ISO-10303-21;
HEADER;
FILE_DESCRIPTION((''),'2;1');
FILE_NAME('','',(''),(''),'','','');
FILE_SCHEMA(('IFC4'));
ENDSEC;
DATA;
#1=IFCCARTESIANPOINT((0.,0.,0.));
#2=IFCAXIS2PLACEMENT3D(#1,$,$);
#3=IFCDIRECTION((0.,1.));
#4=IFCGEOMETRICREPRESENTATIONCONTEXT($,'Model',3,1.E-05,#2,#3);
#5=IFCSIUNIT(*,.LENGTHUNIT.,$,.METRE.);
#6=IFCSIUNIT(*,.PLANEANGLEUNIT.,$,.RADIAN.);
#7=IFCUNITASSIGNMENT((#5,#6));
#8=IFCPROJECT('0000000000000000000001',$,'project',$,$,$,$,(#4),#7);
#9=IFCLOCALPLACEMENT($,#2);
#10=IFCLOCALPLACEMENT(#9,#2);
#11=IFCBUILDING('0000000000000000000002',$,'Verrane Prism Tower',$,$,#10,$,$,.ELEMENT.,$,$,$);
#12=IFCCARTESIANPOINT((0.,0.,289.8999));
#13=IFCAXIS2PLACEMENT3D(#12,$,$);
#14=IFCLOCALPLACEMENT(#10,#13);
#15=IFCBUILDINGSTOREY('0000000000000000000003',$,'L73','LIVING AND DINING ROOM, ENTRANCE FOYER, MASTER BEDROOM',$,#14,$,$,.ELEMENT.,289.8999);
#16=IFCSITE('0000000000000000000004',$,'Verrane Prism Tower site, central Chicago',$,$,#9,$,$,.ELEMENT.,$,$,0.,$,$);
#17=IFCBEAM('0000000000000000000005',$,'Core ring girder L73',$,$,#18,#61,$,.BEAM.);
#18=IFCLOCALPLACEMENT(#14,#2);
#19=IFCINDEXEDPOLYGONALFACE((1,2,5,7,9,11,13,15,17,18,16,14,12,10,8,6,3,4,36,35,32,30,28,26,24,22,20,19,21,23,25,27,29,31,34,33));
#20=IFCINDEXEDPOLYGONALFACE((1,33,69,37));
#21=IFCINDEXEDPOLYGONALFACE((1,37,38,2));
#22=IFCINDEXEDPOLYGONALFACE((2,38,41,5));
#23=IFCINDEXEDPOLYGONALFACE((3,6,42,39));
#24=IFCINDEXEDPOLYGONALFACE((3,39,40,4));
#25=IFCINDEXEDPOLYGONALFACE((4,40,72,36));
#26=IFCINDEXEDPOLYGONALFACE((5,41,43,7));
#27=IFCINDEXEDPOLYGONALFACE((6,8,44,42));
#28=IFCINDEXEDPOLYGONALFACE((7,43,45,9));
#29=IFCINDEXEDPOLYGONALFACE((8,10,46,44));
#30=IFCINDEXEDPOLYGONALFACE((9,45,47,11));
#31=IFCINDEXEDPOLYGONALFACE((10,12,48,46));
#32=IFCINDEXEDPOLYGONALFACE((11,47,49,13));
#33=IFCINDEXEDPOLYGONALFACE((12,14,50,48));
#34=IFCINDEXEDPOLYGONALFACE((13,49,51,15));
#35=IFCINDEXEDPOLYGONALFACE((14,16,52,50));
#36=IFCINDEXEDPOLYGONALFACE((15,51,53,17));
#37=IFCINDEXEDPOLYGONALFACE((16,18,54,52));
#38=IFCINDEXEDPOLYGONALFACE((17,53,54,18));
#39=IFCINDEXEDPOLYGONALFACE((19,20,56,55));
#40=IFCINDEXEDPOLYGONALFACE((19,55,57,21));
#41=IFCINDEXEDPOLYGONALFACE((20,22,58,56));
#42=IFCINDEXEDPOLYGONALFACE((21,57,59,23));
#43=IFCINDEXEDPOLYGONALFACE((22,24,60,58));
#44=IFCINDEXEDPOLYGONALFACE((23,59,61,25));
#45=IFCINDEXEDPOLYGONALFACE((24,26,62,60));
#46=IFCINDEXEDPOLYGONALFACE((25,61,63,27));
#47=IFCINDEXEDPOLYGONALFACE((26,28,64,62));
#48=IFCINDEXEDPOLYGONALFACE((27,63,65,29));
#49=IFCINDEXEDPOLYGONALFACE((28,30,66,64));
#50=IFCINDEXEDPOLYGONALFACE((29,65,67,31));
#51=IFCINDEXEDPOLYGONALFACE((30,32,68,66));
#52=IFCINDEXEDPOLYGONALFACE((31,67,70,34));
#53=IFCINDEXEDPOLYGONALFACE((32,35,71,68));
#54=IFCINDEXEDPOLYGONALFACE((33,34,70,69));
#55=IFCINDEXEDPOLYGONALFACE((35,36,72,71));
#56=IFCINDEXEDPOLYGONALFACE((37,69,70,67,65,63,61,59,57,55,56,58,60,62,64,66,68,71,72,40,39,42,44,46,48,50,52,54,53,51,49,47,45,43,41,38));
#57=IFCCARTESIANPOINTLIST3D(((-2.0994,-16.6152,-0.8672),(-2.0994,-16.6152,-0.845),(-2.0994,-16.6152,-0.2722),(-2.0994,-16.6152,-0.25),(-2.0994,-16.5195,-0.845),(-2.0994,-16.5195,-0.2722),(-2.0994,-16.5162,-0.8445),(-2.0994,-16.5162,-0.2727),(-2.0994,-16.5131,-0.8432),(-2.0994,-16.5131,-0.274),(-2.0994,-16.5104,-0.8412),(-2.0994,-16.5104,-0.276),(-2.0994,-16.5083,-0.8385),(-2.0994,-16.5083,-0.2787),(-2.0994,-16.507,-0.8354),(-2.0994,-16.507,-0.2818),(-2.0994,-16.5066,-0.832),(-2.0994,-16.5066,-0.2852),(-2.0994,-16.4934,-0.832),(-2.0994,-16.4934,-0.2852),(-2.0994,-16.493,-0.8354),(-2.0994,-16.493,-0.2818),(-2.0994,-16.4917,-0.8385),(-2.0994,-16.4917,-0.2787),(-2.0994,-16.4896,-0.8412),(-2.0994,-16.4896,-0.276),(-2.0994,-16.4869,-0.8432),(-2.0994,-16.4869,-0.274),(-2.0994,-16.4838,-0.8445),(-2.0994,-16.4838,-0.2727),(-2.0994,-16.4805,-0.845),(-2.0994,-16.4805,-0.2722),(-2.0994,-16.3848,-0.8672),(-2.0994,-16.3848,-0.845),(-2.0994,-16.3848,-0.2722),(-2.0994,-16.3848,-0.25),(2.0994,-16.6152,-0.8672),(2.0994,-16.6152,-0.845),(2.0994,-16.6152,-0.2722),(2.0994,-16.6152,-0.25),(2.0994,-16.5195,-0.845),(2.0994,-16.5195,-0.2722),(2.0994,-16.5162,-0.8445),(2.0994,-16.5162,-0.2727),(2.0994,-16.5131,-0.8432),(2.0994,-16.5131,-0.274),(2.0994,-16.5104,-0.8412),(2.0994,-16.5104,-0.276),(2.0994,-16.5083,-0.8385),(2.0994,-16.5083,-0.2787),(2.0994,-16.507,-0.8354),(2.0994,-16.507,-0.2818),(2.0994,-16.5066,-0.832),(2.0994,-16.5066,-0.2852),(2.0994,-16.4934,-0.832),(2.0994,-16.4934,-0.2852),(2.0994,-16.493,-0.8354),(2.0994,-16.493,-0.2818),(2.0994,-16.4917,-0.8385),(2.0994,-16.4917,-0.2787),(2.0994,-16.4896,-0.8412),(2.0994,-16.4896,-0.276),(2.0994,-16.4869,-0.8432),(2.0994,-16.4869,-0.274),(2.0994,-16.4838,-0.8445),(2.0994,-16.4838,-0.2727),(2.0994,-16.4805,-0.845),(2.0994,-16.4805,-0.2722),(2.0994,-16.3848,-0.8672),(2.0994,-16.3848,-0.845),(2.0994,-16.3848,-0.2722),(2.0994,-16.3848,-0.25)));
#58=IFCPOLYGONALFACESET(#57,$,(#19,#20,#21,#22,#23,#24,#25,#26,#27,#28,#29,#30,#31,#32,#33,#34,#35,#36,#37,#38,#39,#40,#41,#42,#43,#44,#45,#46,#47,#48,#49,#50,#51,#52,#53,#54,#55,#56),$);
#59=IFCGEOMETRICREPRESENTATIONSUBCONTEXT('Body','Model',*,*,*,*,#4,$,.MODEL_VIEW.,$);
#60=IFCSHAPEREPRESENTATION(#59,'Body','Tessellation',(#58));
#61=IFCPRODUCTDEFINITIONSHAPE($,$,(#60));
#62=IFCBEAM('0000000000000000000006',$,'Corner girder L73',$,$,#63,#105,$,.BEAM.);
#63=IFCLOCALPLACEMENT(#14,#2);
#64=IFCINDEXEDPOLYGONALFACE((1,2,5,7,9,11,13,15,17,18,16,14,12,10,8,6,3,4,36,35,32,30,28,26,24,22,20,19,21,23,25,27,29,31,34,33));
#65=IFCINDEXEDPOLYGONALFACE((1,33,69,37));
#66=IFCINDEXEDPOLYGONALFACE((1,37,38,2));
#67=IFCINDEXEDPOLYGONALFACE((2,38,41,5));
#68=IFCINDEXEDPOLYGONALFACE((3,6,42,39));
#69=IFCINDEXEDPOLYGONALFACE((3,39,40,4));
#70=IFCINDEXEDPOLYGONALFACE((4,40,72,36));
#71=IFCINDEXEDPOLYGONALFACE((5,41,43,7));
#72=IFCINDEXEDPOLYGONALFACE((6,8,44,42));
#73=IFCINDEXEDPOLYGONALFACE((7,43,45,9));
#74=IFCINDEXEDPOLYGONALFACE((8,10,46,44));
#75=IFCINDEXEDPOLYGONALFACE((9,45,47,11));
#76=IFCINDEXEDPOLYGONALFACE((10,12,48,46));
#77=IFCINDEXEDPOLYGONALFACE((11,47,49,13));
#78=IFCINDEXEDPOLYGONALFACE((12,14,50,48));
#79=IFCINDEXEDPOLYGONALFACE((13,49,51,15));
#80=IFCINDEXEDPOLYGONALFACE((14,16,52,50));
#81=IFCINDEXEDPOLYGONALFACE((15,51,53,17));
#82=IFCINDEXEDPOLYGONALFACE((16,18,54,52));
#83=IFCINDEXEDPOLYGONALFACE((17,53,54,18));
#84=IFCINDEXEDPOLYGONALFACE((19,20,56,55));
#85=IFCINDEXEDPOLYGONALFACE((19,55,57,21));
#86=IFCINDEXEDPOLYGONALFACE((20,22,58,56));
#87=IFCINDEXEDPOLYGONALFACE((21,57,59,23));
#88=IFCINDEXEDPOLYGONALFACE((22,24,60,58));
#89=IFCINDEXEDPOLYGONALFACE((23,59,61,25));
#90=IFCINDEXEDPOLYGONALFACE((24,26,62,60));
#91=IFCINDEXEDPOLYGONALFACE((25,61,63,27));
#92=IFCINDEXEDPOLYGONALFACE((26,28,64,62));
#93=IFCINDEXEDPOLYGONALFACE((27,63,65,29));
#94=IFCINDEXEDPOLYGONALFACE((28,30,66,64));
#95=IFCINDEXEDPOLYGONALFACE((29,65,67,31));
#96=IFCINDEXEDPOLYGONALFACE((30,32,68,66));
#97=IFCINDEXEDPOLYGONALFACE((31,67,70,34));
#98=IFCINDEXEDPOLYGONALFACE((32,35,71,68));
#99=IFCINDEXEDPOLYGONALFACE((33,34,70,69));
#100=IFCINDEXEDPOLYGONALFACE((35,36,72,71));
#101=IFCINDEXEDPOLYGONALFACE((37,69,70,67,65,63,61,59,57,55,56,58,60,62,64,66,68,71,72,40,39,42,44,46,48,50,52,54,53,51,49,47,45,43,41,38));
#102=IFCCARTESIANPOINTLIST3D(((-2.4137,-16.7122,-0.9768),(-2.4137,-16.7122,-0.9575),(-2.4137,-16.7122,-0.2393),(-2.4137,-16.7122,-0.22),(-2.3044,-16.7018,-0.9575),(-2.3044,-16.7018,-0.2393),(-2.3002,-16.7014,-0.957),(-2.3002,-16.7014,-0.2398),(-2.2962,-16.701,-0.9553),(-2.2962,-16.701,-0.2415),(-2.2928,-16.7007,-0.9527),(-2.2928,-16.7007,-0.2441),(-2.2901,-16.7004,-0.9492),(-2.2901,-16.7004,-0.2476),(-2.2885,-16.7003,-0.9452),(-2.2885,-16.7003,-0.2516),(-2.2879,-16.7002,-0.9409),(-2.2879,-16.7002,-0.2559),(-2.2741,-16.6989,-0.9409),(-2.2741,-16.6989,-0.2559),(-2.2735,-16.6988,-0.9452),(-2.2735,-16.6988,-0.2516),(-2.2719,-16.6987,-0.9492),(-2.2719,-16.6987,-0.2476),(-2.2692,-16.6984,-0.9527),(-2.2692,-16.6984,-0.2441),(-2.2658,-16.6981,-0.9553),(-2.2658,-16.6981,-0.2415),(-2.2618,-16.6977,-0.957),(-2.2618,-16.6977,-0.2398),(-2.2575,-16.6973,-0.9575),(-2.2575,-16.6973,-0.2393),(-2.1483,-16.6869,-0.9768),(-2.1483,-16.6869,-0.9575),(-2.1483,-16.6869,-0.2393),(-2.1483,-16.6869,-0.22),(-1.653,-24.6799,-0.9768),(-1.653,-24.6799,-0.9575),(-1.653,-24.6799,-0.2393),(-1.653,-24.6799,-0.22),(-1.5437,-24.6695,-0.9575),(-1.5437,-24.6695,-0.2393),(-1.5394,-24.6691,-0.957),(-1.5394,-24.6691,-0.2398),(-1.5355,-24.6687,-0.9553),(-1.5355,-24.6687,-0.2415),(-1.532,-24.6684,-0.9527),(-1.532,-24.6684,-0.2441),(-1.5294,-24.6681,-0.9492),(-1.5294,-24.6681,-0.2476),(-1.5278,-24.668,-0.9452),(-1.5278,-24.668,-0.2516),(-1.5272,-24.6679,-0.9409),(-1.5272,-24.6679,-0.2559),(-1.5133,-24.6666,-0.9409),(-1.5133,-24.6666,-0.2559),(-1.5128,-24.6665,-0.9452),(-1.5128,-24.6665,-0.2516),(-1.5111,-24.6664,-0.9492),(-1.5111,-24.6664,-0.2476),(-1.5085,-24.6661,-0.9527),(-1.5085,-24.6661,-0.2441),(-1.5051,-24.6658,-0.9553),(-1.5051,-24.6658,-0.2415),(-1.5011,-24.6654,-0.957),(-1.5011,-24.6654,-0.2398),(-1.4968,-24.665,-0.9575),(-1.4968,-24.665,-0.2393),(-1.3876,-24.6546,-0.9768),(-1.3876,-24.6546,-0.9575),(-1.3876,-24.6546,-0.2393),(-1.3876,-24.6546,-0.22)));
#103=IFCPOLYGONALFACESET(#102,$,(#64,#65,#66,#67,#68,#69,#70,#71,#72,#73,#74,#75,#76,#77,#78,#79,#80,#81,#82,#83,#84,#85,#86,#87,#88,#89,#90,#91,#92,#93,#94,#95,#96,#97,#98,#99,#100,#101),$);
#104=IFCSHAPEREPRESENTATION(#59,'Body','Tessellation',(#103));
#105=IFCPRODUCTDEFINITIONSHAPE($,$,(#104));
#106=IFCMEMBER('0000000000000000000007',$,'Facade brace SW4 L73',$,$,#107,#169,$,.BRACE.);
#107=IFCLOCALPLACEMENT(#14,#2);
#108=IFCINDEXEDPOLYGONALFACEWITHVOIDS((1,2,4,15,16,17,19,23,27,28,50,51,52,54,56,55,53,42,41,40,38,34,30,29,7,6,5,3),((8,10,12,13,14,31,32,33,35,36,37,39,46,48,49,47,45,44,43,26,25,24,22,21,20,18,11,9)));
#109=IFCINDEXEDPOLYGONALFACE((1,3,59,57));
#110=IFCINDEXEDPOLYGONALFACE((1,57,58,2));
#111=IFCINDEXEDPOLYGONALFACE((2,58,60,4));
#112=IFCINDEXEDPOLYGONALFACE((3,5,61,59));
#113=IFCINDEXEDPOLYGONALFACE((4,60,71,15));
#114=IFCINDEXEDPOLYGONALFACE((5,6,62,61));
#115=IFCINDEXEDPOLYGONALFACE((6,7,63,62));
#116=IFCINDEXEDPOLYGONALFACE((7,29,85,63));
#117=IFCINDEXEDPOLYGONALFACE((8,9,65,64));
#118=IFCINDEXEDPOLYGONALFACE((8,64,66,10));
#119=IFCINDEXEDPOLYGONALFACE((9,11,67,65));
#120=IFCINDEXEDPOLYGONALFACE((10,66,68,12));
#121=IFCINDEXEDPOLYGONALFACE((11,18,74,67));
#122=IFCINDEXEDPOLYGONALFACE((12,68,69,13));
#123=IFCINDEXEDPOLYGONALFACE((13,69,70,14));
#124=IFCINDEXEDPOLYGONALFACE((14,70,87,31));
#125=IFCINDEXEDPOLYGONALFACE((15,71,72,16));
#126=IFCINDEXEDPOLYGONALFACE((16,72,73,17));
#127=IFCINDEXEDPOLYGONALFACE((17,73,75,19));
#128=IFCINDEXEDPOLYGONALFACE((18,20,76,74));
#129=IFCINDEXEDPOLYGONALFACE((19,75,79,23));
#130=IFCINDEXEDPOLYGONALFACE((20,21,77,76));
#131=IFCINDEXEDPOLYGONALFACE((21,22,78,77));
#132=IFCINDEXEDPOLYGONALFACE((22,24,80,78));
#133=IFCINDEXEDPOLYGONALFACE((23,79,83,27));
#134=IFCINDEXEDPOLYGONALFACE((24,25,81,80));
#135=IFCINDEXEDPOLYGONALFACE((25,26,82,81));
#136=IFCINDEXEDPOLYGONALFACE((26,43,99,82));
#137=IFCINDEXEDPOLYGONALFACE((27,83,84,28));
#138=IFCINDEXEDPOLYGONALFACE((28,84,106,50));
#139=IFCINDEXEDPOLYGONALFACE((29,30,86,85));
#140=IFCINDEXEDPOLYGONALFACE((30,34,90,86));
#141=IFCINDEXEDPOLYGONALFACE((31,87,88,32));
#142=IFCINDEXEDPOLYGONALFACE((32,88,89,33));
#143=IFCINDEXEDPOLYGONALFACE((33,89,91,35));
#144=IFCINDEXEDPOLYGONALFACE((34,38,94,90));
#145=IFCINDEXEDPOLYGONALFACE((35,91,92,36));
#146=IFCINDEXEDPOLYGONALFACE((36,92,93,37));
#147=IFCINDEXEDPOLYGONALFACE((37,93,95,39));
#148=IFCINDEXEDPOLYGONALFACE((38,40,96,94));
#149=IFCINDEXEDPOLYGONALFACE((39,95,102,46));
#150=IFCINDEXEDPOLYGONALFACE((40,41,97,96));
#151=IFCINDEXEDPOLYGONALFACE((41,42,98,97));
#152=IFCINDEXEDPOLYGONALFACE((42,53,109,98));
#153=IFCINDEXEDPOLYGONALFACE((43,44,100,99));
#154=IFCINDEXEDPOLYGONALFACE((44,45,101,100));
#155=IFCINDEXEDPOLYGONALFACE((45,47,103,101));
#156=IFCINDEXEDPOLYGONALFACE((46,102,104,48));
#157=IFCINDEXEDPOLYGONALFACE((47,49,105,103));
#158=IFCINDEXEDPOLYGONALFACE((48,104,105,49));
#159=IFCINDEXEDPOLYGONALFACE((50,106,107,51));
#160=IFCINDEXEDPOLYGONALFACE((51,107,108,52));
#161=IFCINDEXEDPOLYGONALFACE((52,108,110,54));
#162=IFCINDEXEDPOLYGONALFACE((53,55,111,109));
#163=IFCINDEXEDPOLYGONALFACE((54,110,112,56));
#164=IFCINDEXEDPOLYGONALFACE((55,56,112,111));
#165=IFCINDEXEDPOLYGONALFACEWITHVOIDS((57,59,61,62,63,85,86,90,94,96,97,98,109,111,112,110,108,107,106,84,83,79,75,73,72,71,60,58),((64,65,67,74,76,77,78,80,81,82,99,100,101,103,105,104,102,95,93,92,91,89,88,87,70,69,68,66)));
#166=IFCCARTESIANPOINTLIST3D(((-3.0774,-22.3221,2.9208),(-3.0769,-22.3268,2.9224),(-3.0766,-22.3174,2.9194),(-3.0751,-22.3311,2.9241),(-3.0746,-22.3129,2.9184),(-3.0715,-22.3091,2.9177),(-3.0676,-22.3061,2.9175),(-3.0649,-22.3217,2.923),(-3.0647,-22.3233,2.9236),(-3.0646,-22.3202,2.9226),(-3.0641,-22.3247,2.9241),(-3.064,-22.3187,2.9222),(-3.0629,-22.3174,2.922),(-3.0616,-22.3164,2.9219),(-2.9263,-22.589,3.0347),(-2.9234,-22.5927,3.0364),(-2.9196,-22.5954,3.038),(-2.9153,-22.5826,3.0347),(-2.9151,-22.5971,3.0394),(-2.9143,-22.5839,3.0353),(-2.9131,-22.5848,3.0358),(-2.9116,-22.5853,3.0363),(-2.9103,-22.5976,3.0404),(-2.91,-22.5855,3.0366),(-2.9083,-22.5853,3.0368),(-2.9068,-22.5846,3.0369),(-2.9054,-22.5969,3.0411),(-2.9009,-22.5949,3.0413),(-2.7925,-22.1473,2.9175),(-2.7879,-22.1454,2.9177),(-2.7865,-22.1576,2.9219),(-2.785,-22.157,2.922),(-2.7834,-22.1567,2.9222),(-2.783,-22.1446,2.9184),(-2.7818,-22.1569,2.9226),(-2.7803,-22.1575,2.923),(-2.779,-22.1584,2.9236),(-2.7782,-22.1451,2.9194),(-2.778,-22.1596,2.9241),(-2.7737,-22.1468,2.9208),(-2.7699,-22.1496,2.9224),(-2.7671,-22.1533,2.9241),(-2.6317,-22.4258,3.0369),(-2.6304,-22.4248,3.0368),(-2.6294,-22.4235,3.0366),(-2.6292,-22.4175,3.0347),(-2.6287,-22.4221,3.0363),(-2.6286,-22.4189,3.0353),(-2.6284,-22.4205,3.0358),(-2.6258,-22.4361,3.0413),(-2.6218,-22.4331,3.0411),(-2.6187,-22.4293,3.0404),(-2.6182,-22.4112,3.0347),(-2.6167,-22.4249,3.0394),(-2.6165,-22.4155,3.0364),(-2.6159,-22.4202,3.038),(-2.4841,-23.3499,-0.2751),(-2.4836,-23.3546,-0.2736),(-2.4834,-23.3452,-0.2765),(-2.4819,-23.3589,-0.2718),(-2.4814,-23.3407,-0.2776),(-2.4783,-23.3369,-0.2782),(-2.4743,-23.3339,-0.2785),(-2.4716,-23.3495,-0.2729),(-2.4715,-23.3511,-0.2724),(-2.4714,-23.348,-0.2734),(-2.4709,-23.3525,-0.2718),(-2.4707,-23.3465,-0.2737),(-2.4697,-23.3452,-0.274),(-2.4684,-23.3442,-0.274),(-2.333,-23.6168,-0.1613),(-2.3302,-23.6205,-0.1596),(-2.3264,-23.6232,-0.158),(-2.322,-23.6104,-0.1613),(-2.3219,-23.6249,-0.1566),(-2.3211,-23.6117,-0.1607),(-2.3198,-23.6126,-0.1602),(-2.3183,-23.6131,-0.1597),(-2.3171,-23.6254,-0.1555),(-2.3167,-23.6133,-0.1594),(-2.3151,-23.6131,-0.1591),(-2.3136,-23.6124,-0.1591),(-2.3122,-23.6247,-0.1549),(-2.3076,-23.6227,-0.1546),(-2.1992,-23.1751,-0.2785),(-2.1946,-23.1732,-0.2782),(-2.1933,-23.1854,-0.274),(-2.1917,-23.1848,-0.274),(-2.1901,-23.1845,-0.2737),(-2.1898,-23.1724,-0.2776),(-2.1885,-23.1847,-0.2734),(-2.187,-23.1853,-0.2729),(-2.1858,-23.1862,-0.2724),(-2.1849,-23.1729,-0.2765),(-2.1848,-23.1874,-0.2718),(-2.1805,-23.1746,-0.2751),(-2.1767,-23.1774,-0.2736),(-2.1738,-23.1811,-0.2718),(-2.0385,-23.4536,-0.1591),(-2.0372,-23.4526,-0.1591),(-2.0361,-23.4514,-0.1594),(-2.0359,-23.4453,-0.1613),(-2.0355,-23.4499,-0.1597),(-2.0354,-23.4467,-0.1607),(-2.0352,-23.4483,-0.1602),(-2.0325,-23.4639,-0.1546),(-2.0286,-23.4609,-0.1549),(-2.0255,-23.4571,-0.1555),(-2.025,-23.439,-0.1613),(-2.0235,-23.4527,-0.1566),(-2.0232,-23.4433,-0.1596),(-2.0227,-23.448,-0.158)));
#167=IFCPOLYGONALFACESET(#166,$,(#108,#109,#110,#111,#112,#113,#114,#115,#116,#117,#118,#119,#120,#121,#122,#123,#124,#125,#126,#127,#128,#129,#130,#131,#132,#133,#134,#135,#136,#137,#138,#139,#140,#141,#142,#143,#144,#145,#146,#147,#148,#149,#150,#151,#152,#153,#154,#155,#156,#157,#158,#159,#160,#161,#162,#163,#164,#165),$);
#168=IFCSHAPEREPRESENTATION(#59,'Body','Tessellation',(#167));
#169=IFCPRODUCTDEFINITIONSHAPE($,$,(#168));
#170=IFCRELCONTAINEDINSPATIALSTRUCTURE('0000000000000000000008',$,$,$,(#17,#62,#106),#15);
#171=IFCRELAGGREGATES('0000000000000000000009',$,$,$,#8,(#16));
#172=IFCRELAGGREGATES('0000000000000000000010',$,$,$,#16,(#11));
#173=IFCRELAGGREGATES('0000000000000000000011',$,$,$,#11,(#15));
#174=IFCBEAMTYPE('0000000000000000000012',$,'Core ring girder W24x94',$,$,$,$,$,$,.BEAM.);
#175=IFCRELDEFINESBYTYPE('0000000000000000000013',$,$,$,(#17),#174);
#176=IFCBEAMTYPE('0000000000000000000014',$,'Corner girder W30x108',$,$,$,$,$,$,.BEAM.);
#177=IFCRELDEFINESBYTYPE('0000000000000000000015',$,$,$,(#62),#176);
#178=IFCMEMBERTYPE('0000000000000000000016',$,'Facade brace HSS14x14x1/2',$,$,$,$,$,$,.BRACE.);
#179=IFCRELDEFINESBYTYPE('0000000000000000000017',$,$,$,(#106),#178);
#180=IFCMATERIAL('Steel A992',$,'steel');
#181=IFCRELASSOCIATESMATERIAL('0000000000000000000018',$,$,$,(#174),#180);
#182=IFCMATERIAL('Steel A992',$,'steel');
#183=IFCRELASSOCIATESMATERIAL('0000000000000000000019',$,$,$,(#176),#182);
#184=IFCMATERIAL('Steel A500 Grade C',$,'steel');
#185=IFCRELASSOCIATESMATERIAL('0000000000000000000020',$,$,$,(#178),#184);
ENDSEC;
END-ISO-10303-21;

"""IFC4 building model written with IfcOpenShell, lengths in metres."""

from ifc_helpers import new_model, si_unit, direction, frame, origin, origin_2d, place, context, subcontext, project, spatial, hollow_rectangle, i_section, extrude, material, material_profile, profile_set, type_object, element, save


model = new_model("IFC4")

# Units and contexts
model_context = context("Model", 3, precision=1e-05, world=origin(), true_north=direction((0.0, 1.0)))
body_context = subcontext(model_context, "Body", "Model", "MODEL_VIEW")
ifc_project = project(units=[si_unit("LENGTHUNIT", "METRE"), si_unit("PLANEANGLEUNIT", "RADIAN")], contexts=[model_context])

# Site, building, storey
site_placement = place(None, origin())
site = spatial("IfcSite", under=ifc_project, at=site_placement, Name="Verrane Prism Tower site, central Chicago", CompositionType="ELEMENT", RefElevation=0.0)
building_placement = place(site_placement, origin())
building = spatial("IfcBuilding", under=site, at=building_placement, Name="Verrane Prism Tower", CompositionType="ELEMENT")
storey_placement = place(building_placement, frame((0.0, 0.0, 289.8999)))
storey = spatial("IfcBuildingStorey", under=building, at=storey_placement, Name="L73", Description="LIVING AND DINING ROOM, ENTRANCE FOYER, MASTER BEDROOM", CompositionType="ELEMENT", Elevation=289.8999)

# Beams
ifc_material_1 = material(Name="Steel A992", Category="steel")
ifc_material_profile_1 = material_profile(ifc_material_1, i_section(OverallWidth=0.2305, OverallDepth=0.6172, WebThickness=0.0132, FlangeThickness=0.0222, FilletRadius=0.0129, at=origin_2d()), Name="W24x94")
ifc_profile_set_1 = profile_set([ifc_material_profile_1], Name="Steel A992")
beam_type_1 = type_object("IfcBeamType", Name="Core ring girder W24x94", PredefinedType="BEAM", material=ifc_profile_set_1)
beam_1_placement = place(storey_placement, frame((-2.0994, -16.5, -0.5586), z_axis=(1.0, 0.0, 0.0), x_axis=(0.0, 1.0, 0.0)))
element("IfcBeam", 1, at=beam_1_placement, inside=storey, type_object=beam_type_1, Name="Core ring girder L73", PredefinedType="BEAM", context=body_context, shape_type="SweptSolid", body=[
    extrude(i_section(OverallWidth=0.2305, OverallDepth=0.6172, WebThickness=0.0132, FlangeThickness=0.0222, FilletRadius=0.0129, at=origin_2d()), origin(), (0.0, 0.0, 1.0), 4.1987),
])
ifc_material_2 = material(Name="Steel A992", Category="steel")
ifc_material_profile_2 = material_profile(ifc_material_2, i_section(OverallWidth=0.2666, OverallDepth=0.7568, WebThickness=0.0139, FlangeThickness=0.0193, FilletRadius=0.0166, at=origin_2d()), Name="W30x108")
ifc_profile_set_2 = profile_set([ifc_material_profile_2], Name="Steel A992")
beam_type_2 = type_object("IfcBeamType", Name="Corner girder W30x108", PredefinedType="BEAM", material=ifc_profile_set_2)
beam_2_placement = place(storey_placement, frame((-1.5203, -24.6672, -0.5984), z_axis=(-0.095045, 0.995473, 0.0), x_axis=(-0.995473, -0.095045, 0.0)))
element("IfcBeam", 2, at=beam_2_placement, inside=storey, type_object=beam_type_2, Name="Corner girder L73", PredefinedType="BEAM", context=body_context, shape_type="SweptSolid", body=[
    extrude(i_section(OverallWidth=0.2666, OverallDepth=0.7568, WebThickness=0.0139, FlangeThickness=0.0193, FilletRadius=0.0166, at=origin_2d()), origin(), (0.0, 0.0, 1.0), 8.0039),
])

# Member
ifc_material_3 = material(Name="Steel A500 Grade C", Category="steel")
ifc_material_profile_3 = material_profile(ifc_material_3, hollow_rectangle(XDim=0.3557, YDim=0.3557, WallThickness=0.0127, InnerFilletRadius=0.0063, OuterFilletRadius=0.019, at=origin_2d()), Name="HSS14x14x1/2")
ifc_profile_set_3 = profile_set([ifc_material_profile_3], Name="Steel A500 Grade C")
member_type_1 = type_object("IfcMemberType", Name="Facade brace HSS14x14x1/2", PredefinedType="BRACE", material=ifc_profile_set_3)
member_1_placement = place(storey_placement, frame((-2.2534, -23.3989, -0.2166), z_axis=(-0.174014, 0.301482, 0.937458), x_axis=(-0.866083, -0.499901, 0.0)))
element("IfcMember", 3, at=member_1_placement, inside=storey, type_object=member_type_1, Name="Facade brace SW4 L73", PredefinedType="BRACE", context=body_context, shape_type="SweptSolid", body=[
    extrude(hollow_rectangle(XDim=0.3557, YDim=0.3557, WallThickness=0.0127, InnerFilletRadius=0.0063, OuterFilletRadius=0.019, at=origin_2d()), origin(), (0.0, 0.0, 1.0), 3.4092),
])

save(model, "model.ifc")
